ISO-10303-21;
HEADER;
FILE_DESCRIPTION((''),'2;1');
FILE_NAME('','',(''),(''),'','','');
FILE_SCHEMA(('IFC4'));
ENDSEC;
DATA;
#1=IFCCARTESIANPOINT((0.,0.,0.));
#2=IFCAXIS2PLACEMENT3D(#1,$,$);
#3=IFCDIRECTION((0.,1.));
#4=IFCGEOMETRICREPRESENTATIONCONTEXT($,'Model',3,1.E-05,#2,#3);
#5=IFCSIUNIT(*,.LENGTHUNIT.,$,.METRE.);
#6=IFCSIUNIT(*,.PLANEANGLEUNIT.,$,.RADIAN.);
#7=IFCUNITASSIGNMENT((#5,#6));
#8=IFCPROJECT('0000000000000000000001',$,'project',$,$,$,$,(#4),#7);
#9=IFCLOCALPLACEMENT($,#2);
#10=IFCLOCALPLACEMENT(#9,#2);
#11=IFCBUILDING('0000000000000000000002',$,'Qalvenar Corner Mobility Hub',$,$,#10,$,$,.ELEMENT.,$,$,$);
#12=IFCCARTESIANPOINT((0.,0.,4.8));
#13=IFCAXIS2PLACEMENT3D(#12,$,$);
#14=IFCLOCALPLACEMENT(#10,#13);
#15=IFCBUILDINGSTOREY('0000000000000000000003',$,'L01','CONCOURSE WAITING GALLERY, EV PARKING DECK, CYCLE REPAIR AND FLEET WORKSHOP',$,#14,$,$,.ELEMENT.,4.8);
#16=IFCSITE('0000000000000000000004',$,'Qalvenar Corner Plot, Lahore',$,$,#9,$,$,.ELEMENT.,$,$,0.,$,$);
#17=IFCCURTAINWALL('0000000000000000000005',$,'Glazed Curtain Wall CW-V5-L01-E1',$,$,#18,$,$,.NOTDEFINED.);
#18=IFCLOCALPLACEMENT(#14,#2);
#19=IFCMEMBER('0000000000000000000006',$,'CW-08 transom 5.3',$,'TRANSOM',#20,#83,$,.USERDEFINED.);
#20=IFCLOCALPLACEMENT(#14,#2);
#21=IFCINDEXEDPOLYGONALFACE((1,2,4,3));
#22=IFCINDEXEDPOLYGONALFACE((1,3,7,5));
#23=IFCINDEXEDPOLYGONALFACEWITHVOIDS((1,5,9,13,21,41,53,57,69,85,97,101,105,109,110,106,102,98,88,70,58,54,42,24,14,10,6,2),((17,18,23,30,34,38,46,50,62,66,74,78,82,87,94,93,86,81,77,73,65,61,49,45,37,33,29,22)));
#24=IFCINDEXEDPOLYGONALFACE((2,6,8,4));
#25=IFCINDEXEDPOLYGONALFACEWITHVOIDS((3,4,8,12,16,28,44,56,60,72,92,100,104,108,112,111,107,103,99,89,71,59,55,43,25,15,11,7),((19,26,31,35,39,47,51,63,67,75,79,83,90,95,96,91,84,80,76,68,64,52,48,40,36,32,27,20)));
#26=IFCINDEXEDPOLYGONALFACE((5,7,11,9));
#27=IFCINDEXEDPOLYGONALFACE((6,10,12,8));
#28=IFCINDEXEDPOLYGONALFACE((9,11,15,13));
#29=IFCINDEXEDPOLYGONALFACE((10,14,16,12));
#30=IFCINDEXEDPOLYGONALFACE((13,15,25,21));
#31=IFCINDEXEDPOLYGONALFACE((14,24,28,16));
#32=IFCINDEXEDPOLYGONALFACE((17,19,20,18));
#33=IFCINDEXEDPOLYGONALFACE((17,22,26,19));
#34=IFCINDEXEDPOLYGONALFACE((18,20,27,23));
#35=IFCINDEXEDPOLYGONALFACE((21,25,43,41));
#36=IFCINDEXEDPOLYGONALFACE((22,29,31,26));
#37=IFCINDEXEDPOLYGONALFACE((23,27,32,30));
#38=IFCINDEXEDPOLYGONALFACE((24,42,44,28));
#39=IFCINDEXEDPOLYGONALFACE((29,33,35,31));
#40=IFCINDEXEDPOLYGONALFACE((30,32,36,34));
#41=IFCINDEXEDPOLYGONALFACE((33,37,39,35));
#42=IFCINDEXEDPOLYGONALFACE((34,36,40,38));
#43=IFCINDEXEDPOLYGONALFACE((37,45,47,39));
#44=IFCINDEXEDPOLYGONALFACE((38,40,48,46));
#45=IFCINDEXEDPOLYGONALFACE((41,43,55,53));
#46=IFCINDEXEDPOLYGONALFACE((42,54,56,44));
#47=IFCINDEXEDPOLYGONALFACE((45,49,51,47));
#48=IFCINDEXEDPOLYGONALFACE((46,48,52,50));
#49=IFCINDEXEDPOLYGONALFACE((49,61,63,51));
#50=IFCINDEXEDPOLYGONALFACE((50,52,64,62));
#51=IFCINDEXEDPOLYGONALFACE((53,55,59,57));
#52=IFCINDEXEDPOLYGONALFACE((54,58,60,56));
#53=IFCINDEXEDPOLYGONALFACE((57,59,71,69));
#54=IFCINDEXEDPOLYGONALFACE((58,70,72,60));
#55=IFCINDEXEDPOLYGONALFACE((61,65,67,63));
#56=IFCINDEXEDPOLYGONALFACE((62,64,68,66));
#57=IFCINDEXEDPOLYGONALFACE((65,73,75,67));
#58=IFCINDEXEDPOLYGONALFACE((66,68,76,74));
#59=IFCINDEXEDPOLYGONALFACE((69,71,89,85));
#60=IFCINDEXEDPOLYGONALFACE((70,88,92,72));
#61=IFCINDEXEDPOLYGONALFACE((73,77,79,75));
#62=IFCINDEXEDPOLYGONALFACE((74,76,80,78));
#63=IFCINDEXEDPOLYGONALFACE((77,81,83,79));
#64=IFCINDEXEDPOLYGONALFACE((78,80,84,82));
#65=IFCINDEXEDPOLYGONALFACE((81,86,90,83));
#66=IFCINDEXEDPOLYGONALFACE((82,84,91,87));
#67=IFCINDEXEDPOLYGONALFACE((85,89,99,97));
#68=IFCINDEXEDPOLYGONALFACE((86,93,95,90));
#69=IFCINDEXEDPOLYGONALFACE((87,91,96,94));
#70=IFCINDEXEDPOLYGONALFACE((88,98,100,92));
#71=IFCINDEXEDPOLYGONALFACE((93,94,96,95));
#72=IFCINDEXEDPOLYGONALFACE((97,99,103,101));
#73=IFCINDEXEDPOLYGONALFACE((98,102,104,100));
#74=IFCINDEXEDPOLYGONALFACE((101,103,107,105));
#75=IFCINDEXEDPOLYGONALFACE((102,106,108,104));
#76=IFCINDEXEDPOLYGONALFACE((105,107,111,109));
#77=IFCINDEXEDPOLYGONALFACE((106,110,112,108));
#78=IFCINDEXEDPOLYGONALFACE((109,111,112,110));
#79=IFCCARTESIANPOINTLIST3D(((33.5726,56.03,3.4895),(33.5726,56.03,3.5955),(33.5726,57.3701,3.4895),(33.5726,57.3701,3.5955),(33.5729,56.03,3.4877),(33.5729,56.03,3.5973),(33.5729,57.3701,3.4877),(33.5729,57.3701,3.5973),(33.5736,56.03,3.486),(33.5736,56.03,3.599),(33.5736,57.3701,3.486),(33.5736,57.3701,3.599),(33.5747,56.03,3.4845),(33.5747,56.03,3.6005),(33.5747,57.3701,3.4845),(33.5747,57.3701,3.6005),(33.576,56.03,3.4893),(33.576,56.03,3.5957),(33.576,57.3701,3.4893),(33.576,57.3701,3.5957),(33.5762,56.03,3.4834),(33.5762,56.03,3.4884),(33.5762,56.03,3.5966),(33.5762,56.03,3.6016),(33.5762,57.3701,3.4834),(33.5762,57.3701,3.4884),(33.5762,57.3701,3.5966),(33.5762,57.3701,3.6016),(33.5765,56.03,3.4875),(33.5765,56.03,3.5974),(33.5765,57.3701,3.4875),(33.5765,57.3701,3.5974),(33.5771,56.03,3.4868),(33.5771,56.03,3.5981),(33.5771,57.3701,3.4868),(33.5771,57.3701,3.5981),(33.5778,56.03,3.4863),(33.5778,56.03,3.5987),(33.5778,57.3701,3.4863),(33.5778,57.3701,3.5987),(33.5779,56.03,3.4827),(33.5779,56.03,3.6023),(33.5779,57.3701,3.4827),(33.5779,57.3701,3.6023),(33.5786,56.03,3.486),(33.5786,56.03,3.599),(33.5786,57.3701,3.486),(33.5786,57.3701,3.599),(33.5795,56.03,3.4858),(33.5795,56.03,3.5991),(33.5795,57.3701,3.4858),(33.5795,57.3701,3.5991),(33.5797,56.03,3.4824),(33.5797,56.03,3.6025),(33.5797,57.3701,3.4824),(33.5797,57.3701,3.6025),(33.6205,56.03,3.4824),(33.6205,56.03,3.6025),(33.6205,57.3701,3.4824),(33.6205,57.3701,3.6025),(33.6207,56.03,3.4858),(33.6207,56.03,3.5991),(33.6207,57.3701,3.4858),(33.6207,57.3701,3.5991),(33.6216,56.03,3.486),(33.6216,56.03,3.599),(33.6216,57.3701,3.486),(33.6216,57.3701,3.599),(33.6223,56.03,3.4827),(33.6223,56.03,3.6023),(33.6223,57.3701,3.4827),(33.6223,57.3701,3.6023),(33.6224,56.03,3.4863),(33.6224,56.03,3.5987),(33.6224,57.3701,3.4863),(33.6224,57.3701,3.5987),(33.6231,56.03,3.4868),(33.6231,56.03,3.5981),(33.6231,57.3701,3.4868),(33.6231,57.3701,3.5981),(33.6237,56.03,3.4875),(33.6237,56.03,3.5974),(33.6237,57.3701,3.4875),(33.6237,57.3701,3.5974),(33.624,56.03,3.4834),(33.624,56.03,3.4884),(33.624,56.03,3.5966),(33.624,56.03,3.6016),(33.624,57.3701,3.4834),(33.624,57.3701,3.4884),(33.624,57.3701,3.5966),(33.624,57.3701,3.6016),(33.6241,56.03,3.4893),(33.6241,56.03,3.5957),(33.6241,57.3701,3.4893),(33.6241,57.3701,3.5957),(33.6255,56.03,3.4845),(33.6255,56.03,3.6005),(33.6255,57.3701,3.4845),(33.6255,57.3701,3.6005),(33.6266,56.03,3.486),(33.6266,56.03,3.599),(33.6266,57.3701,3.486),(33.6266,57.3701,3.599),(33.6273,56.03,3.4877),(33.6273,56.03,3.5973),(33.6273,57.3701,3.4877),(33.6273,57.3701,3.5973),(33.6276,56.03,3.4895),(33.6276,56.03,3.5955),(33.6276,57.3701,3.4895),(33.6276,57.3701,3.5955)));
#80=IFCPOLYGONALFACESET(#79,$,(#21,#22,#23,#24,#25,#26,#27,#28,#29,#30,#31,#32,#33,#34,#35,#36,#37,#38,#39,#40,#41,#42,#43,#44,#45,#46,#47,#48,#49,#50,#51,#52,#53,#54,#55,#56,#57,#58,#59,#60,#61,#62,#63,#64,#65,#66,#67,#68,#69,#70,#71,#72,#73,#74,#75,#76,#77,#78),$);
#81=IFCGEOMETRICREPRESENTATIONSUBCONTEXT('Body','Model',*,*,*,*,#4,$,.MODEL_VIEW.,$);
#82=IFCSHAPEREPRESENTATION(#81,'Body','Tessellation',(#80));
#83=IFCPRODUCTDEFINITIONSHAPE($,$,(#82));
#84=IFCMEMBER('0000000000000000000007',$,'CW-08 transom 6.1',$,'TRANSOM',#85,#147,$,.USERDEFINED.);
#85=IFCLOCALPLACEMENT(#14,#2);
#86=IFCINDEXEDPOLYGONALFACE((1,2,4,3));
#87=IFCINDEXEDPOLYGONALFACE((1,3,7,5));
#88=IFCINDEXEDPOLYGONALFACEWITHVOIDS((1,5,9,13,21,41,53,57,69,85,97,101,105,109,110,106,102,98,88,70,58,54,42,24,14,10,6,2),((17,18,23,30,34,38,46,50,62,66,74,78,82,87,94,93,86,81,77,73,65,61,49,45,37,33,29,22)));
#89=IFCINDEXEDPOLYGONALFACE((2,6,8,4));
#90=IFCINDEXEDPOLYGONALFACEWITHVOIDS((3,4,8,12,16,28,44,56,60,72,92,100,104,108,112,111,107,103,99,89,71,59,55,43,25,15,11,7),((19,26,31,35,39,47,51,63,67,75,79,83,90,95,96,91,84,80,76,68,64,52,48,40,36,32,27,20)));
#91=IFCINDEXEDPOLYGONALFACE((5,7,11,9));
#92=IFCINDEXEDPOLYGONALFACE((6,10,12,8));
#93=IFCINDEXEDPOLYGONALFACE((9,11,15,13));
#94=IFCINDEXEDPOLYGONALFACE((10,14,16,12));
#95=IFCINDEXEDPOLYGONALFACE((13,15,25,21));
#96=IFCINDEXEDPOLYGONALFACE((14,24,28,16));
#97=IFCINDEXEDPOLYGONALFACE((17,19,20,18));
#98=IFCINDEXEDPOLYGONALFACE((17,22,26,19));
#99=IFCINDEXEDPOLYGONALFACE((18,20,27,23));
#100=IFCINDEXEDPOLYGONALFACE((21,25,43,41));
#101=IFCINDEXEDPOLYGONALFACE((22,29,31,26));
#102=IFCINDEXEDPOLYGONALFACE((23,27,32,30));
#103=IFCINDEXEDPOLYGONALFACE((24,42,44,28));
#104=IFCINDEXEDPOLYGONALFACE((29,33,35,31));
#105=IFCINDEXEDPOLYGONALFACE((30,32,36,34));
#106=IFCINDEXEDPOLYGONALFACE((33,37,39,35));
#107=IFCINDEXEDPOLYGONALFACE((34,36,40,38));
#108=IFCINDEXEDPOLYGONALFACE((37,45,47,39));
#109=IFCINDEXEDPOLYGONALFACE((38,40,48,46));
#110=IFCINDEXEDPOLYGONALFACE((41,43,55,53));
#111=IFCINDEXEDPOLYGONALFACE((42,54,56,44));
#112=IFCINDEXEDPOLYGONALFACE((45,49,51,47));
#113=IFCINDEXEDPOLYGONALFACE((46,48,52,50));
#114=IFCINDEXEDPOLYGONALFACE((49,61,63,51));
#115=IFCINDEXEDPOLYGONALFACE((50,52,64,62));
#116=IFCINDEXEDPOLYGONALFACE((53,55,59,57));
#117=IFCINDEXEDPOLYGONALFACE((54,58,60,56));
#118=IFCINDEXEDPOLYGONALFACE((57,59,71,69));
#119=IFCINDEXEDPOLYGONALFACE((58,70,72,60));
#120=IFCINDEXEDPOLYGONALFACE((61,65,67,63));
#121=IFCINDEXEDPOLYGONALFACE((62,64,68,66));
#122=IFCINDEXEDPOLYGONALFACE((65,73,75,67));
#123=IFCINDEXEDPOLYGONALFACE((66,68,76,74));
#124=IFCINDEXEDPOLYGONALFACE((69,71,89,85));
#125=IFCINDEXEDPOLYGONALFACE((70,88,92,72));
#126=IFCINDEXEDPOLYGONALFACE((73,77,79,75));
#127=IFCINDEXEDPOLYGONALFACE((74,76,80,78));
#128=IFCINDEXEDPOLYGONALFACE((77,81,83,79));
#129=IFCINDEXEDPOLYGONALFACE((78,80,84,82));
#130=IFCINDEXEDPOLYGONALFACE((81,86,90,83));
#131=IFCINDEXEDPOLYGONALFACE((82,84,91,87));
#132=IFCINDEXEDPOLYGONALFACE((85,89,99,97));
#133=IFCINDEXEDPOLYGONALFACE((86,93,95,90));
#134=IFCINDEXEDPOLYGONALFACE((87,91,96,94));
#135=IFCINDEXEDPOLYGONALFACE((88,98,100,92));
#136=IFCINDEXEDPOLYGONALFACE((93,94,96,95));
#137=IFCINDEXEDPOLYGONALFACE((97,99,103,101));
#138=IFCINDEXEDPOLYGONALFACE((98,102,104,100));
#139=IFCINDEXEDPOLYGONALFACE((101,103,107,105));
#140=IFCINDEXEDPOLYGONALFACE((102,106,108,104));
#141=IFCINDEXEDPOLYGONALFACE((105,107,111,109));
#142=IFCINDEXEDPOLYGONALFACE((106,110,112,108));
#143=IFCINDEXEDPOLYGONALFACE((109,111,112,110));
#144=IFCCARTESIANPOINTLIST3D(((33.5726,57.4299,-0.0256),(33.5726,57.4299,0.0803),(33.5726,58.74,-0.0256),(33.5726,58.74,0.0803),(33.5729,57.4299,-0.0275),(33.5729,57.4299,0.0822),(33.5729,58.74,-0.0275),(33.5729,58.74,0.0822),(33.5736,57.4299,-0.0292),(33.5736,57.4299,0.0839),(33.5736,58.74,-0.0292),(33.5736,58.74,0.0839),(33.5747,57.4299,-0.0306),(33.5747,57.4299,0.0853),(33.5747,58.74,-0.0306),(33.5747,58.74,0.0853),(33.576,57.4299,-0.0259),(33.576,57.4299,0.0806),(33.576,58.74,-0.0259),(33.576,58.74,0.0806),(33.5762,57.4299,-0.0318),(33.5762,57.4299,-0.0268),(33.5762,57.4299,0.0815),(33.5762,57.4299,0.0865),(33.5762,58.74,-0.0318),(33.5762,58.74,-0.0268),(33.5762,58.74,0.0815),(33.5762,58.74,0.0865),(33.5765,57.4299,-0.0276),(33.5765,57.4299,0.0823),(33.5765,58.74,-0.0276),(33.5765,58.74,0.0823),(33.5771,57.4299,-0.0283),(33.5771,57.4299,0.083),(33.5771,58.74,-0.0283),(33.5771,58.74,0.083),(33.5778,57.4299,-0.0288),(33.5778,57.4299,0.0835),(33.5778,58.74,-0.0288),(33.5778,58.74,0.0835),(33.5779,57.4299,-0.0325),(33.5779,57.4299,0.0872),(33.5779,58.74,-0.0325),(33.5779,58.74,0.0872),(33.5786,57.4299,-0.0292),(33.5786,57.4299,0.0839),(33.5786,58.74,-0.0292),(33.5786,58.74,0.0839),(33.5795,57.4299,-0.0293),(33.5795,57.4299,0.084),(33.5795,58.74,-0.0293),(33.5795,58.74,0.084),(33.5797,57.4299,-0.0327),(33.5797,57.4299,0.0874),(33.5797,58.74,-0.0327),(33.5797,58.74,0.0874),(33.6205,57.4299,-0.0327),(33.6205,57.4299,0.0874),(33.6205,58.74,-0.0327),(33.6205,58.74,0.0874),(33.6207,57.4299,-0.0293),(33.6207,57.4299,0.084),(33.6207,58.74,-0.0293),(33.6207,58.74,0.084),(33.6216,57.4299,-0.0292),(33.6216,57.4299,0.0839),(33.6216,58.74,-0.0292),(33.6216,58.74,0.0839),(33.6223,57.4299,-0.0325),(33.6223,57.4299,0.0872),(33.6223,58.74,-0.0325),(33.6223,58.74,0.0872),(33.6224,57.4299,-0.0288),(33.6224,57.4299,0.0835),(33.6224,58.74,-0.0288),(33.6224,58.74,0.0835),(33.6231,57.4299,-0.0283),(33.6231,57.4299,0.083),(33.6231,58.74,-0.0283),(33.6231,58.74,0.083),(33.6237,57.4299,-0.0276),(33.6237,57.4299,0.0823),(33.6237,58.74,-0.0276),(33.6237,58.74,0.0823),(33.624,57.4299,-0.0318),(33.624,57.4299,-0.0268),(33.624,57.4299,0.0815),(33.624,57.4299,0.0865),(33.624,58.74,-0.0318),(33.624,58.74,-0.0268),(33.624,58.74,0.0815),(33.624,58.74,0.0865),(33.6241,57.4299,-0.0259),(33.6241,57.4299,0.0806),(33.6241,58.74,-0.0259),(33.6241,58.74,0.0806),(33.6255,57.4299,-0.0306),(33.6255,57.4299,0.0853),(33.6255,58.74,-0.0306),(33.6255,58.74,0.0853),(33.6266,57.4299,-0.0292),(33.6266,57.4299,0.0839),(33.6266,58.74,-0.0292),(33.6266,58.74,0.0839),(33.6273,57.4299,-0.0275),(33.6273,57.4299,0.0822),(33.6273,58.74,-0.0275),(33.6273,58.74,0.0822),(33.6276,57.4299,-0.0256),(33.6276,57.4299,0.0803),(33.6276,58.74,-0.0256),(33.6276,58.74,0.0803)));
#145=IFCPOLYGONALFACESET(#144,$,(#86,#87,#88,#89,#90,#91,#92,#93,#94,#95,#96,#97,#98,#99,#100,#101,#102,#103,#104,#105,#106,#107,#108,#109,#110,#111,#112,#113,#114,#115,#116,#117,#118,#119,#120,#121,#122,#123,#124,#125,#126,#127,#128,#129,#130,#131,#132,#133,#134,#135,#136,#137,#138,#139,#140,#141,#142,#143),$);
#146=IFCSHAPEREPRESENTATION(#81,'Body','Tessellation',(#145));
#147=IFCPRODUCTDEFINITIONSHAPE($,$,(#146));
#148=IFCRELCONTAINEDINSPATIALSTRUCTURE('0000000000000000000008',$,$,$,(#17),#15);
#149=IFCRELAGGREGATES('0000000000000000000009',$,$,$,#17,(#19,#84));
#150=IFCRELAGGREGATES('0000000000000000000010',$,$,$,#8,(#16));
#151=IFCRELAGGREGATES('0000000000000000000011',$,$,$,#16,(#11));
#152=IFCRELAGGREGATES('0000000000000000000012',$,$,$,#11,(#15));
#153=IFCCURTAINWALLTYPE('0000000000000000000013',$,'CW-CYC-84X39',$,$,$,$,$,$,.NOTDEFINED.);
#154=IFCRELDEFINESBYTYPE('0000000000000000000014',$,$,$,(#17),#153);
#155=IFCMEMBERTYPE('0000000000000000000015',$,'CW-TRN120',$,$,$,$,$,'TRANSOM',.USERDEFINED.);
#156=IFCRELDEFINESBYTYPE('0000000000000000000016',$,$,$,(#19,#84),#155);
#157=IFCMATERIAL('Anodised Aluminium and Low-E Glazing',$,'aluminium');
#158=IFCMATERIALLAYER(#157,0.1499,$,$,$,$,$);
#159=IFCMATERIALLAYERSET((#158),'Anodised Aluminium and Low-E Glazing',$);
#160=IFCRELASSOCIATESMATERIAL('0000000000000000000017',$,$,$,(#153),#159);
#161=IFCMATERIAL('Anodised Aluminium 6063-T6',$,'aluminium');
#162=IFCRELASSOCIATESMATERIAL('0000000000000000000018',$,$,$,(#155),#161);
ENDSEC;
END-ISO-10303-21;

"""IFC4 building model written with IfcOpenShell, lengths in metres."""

from ifc_helpers import new_model, si_unit, direction, frame, origin, origin_2d, place, context, subcontext, project, spatial, hollow_rectangle, extrude, material, layer, layer_set, material_profile, profile_set, type_object, element, aggregate, save


model = new_model("IFC4")

# Units and contexts
model_context = context("Model", 3, precision=1e-05, world=origin(), true_north=direction((0.0, 1.0)))
body_context = subcontext(model_context, "Body", "Model", "MODEL_VIEW")
ifc_project = project(units=[si_unit("LENGTHUNIT", "METRE"), si_unit("PLANEANGLEUNIT", "RADIAN")], contexts=[model_context])

# Site, building, storey
site_placement = place(None, origin())
site = spatial("IfcSite", under=ifc_project, at=site_placement, Name="Qalvenar Corner Plot, Lahore", CompositionType="ELEMENT", RefElevation=0.0)
building_placement = place(site_placement, origin())
building = spatial("IfcBuilding", under=site, at=building_placement, Name="Qalvenar Corner Mobility Hub", CompositionType="ELEMENT")
storey_placement = place(building_placement, frame((0.0, 0.0, 4.8)))
storey = spatial("IfcBuildingStorey", under=building, at=storey_placement, Name="L01", Description="CONCOURSE WAITING GALLERY, EV PARKING DECK, CYCLE REPAIR AND FLEET WORKSHOP", CompositionType="ELEMENT", Elevation=4.8)

# Curtain wall, members
ifc_material_1 = material(Name="Anodised Aluminium and Low-E Glazing", Category="aluminium")
ifc_layer_1 = layer(ifc_material_1, 0.1499)
ifc_layer_set_1 = layer_set([ifc_layer_1], Name="Anodised Aluminium and Low-E Glazing")
curtain_wall_type = type_object("IfcCurtainWallType", Name="CW-CYC-84X39", PredefinedType="NOTDEFINED", material=ifc_layer_set_1)
curtain_wall_placement = place(storey_placement, origin())
curtain_wall = element("IfcCurtainWall", 1, at=curtain_wall_placement, inside=storey, type_object=curtain_wall_type, Name="Glazed Curtain Wall CW-V5-L01-E1", PredefinedType="NOTDEFINED")
ifc_material_2 = material(Name="Anodised Aluminium 6063-T6", Category="aluminium")
ifc_material_profile_1 = material_profile(ifc_material_2, hollow_rectangle(XDim=0.0549, YDim=0.1201, WallThickness=0.0034, InnerFilletRadius=0.0034, OuterFilletRadius=0.0071, at=origin_2d()), Name="RHS120x55x3.5")
ifc_profile_set_1 = profile_set([ifc_material_profile_1], Name="Anodised Aluminium 6063-T6")
member_type_1 = type_object("IfcMemberType", Name="CW-TRN120", ElementType="TRANSOM", PredefinedType="USERDEFINED", material=ifc_profile_set_1)
member_1_placement = place(storey_placement, frame((33.6001, 56.03, 3.5425), z_axis=(0.0, 1.0, 0.0), x_axis=(-1.0, 0.0, 0.0)))
member_1 = element("IfcMember", 2, at=member_1_placement, type_object=member_type_1, Name="CW-08 transom 5.3", ObjectType="TRANSOM", PredefinedType="USERDEFINED", context=body_context, shape_type="SweptSolid", body=[
    extrude(hollow_rectangle(XDim=0.0549, YDim=0.1201, WallThickness=0.0034, InnerFilletRadius=0.0034, OuterFilletRadius=0.0071, at=origin_2d()), origin(), (0.0, 0.0, 1.0), 1.3401),
])
member_2_placement = place(storey_placement, frame((33.6001, 57.4299, 0.0273), z_axis=(0.0, 1.0, 0.0), x_axis=(-1.0, 0.0, 0.0)))
member_2 = element("IfcMember", 3, at=member_2_placement, type_object=member_type_1, Name="CW-08 transom 6.1", ObjectType="TRANSOM", PredefinedType="USERDEFINED", context=body_context, shape_type="SweptSolid", body=[
    extrude(hollow_rectangle(XDim=0.0549, YDim=0.1201, WallThickness=0.0034, InnerFilletRadius=0.0034, OuterFilletRadius=0.0071, at=origin_2d()), origin(), (0.0, 0.0, 1.0), 1.3101),
])
aggregate(curtain_wall, [member_1, member_2])

save(model, "model.ifc")
